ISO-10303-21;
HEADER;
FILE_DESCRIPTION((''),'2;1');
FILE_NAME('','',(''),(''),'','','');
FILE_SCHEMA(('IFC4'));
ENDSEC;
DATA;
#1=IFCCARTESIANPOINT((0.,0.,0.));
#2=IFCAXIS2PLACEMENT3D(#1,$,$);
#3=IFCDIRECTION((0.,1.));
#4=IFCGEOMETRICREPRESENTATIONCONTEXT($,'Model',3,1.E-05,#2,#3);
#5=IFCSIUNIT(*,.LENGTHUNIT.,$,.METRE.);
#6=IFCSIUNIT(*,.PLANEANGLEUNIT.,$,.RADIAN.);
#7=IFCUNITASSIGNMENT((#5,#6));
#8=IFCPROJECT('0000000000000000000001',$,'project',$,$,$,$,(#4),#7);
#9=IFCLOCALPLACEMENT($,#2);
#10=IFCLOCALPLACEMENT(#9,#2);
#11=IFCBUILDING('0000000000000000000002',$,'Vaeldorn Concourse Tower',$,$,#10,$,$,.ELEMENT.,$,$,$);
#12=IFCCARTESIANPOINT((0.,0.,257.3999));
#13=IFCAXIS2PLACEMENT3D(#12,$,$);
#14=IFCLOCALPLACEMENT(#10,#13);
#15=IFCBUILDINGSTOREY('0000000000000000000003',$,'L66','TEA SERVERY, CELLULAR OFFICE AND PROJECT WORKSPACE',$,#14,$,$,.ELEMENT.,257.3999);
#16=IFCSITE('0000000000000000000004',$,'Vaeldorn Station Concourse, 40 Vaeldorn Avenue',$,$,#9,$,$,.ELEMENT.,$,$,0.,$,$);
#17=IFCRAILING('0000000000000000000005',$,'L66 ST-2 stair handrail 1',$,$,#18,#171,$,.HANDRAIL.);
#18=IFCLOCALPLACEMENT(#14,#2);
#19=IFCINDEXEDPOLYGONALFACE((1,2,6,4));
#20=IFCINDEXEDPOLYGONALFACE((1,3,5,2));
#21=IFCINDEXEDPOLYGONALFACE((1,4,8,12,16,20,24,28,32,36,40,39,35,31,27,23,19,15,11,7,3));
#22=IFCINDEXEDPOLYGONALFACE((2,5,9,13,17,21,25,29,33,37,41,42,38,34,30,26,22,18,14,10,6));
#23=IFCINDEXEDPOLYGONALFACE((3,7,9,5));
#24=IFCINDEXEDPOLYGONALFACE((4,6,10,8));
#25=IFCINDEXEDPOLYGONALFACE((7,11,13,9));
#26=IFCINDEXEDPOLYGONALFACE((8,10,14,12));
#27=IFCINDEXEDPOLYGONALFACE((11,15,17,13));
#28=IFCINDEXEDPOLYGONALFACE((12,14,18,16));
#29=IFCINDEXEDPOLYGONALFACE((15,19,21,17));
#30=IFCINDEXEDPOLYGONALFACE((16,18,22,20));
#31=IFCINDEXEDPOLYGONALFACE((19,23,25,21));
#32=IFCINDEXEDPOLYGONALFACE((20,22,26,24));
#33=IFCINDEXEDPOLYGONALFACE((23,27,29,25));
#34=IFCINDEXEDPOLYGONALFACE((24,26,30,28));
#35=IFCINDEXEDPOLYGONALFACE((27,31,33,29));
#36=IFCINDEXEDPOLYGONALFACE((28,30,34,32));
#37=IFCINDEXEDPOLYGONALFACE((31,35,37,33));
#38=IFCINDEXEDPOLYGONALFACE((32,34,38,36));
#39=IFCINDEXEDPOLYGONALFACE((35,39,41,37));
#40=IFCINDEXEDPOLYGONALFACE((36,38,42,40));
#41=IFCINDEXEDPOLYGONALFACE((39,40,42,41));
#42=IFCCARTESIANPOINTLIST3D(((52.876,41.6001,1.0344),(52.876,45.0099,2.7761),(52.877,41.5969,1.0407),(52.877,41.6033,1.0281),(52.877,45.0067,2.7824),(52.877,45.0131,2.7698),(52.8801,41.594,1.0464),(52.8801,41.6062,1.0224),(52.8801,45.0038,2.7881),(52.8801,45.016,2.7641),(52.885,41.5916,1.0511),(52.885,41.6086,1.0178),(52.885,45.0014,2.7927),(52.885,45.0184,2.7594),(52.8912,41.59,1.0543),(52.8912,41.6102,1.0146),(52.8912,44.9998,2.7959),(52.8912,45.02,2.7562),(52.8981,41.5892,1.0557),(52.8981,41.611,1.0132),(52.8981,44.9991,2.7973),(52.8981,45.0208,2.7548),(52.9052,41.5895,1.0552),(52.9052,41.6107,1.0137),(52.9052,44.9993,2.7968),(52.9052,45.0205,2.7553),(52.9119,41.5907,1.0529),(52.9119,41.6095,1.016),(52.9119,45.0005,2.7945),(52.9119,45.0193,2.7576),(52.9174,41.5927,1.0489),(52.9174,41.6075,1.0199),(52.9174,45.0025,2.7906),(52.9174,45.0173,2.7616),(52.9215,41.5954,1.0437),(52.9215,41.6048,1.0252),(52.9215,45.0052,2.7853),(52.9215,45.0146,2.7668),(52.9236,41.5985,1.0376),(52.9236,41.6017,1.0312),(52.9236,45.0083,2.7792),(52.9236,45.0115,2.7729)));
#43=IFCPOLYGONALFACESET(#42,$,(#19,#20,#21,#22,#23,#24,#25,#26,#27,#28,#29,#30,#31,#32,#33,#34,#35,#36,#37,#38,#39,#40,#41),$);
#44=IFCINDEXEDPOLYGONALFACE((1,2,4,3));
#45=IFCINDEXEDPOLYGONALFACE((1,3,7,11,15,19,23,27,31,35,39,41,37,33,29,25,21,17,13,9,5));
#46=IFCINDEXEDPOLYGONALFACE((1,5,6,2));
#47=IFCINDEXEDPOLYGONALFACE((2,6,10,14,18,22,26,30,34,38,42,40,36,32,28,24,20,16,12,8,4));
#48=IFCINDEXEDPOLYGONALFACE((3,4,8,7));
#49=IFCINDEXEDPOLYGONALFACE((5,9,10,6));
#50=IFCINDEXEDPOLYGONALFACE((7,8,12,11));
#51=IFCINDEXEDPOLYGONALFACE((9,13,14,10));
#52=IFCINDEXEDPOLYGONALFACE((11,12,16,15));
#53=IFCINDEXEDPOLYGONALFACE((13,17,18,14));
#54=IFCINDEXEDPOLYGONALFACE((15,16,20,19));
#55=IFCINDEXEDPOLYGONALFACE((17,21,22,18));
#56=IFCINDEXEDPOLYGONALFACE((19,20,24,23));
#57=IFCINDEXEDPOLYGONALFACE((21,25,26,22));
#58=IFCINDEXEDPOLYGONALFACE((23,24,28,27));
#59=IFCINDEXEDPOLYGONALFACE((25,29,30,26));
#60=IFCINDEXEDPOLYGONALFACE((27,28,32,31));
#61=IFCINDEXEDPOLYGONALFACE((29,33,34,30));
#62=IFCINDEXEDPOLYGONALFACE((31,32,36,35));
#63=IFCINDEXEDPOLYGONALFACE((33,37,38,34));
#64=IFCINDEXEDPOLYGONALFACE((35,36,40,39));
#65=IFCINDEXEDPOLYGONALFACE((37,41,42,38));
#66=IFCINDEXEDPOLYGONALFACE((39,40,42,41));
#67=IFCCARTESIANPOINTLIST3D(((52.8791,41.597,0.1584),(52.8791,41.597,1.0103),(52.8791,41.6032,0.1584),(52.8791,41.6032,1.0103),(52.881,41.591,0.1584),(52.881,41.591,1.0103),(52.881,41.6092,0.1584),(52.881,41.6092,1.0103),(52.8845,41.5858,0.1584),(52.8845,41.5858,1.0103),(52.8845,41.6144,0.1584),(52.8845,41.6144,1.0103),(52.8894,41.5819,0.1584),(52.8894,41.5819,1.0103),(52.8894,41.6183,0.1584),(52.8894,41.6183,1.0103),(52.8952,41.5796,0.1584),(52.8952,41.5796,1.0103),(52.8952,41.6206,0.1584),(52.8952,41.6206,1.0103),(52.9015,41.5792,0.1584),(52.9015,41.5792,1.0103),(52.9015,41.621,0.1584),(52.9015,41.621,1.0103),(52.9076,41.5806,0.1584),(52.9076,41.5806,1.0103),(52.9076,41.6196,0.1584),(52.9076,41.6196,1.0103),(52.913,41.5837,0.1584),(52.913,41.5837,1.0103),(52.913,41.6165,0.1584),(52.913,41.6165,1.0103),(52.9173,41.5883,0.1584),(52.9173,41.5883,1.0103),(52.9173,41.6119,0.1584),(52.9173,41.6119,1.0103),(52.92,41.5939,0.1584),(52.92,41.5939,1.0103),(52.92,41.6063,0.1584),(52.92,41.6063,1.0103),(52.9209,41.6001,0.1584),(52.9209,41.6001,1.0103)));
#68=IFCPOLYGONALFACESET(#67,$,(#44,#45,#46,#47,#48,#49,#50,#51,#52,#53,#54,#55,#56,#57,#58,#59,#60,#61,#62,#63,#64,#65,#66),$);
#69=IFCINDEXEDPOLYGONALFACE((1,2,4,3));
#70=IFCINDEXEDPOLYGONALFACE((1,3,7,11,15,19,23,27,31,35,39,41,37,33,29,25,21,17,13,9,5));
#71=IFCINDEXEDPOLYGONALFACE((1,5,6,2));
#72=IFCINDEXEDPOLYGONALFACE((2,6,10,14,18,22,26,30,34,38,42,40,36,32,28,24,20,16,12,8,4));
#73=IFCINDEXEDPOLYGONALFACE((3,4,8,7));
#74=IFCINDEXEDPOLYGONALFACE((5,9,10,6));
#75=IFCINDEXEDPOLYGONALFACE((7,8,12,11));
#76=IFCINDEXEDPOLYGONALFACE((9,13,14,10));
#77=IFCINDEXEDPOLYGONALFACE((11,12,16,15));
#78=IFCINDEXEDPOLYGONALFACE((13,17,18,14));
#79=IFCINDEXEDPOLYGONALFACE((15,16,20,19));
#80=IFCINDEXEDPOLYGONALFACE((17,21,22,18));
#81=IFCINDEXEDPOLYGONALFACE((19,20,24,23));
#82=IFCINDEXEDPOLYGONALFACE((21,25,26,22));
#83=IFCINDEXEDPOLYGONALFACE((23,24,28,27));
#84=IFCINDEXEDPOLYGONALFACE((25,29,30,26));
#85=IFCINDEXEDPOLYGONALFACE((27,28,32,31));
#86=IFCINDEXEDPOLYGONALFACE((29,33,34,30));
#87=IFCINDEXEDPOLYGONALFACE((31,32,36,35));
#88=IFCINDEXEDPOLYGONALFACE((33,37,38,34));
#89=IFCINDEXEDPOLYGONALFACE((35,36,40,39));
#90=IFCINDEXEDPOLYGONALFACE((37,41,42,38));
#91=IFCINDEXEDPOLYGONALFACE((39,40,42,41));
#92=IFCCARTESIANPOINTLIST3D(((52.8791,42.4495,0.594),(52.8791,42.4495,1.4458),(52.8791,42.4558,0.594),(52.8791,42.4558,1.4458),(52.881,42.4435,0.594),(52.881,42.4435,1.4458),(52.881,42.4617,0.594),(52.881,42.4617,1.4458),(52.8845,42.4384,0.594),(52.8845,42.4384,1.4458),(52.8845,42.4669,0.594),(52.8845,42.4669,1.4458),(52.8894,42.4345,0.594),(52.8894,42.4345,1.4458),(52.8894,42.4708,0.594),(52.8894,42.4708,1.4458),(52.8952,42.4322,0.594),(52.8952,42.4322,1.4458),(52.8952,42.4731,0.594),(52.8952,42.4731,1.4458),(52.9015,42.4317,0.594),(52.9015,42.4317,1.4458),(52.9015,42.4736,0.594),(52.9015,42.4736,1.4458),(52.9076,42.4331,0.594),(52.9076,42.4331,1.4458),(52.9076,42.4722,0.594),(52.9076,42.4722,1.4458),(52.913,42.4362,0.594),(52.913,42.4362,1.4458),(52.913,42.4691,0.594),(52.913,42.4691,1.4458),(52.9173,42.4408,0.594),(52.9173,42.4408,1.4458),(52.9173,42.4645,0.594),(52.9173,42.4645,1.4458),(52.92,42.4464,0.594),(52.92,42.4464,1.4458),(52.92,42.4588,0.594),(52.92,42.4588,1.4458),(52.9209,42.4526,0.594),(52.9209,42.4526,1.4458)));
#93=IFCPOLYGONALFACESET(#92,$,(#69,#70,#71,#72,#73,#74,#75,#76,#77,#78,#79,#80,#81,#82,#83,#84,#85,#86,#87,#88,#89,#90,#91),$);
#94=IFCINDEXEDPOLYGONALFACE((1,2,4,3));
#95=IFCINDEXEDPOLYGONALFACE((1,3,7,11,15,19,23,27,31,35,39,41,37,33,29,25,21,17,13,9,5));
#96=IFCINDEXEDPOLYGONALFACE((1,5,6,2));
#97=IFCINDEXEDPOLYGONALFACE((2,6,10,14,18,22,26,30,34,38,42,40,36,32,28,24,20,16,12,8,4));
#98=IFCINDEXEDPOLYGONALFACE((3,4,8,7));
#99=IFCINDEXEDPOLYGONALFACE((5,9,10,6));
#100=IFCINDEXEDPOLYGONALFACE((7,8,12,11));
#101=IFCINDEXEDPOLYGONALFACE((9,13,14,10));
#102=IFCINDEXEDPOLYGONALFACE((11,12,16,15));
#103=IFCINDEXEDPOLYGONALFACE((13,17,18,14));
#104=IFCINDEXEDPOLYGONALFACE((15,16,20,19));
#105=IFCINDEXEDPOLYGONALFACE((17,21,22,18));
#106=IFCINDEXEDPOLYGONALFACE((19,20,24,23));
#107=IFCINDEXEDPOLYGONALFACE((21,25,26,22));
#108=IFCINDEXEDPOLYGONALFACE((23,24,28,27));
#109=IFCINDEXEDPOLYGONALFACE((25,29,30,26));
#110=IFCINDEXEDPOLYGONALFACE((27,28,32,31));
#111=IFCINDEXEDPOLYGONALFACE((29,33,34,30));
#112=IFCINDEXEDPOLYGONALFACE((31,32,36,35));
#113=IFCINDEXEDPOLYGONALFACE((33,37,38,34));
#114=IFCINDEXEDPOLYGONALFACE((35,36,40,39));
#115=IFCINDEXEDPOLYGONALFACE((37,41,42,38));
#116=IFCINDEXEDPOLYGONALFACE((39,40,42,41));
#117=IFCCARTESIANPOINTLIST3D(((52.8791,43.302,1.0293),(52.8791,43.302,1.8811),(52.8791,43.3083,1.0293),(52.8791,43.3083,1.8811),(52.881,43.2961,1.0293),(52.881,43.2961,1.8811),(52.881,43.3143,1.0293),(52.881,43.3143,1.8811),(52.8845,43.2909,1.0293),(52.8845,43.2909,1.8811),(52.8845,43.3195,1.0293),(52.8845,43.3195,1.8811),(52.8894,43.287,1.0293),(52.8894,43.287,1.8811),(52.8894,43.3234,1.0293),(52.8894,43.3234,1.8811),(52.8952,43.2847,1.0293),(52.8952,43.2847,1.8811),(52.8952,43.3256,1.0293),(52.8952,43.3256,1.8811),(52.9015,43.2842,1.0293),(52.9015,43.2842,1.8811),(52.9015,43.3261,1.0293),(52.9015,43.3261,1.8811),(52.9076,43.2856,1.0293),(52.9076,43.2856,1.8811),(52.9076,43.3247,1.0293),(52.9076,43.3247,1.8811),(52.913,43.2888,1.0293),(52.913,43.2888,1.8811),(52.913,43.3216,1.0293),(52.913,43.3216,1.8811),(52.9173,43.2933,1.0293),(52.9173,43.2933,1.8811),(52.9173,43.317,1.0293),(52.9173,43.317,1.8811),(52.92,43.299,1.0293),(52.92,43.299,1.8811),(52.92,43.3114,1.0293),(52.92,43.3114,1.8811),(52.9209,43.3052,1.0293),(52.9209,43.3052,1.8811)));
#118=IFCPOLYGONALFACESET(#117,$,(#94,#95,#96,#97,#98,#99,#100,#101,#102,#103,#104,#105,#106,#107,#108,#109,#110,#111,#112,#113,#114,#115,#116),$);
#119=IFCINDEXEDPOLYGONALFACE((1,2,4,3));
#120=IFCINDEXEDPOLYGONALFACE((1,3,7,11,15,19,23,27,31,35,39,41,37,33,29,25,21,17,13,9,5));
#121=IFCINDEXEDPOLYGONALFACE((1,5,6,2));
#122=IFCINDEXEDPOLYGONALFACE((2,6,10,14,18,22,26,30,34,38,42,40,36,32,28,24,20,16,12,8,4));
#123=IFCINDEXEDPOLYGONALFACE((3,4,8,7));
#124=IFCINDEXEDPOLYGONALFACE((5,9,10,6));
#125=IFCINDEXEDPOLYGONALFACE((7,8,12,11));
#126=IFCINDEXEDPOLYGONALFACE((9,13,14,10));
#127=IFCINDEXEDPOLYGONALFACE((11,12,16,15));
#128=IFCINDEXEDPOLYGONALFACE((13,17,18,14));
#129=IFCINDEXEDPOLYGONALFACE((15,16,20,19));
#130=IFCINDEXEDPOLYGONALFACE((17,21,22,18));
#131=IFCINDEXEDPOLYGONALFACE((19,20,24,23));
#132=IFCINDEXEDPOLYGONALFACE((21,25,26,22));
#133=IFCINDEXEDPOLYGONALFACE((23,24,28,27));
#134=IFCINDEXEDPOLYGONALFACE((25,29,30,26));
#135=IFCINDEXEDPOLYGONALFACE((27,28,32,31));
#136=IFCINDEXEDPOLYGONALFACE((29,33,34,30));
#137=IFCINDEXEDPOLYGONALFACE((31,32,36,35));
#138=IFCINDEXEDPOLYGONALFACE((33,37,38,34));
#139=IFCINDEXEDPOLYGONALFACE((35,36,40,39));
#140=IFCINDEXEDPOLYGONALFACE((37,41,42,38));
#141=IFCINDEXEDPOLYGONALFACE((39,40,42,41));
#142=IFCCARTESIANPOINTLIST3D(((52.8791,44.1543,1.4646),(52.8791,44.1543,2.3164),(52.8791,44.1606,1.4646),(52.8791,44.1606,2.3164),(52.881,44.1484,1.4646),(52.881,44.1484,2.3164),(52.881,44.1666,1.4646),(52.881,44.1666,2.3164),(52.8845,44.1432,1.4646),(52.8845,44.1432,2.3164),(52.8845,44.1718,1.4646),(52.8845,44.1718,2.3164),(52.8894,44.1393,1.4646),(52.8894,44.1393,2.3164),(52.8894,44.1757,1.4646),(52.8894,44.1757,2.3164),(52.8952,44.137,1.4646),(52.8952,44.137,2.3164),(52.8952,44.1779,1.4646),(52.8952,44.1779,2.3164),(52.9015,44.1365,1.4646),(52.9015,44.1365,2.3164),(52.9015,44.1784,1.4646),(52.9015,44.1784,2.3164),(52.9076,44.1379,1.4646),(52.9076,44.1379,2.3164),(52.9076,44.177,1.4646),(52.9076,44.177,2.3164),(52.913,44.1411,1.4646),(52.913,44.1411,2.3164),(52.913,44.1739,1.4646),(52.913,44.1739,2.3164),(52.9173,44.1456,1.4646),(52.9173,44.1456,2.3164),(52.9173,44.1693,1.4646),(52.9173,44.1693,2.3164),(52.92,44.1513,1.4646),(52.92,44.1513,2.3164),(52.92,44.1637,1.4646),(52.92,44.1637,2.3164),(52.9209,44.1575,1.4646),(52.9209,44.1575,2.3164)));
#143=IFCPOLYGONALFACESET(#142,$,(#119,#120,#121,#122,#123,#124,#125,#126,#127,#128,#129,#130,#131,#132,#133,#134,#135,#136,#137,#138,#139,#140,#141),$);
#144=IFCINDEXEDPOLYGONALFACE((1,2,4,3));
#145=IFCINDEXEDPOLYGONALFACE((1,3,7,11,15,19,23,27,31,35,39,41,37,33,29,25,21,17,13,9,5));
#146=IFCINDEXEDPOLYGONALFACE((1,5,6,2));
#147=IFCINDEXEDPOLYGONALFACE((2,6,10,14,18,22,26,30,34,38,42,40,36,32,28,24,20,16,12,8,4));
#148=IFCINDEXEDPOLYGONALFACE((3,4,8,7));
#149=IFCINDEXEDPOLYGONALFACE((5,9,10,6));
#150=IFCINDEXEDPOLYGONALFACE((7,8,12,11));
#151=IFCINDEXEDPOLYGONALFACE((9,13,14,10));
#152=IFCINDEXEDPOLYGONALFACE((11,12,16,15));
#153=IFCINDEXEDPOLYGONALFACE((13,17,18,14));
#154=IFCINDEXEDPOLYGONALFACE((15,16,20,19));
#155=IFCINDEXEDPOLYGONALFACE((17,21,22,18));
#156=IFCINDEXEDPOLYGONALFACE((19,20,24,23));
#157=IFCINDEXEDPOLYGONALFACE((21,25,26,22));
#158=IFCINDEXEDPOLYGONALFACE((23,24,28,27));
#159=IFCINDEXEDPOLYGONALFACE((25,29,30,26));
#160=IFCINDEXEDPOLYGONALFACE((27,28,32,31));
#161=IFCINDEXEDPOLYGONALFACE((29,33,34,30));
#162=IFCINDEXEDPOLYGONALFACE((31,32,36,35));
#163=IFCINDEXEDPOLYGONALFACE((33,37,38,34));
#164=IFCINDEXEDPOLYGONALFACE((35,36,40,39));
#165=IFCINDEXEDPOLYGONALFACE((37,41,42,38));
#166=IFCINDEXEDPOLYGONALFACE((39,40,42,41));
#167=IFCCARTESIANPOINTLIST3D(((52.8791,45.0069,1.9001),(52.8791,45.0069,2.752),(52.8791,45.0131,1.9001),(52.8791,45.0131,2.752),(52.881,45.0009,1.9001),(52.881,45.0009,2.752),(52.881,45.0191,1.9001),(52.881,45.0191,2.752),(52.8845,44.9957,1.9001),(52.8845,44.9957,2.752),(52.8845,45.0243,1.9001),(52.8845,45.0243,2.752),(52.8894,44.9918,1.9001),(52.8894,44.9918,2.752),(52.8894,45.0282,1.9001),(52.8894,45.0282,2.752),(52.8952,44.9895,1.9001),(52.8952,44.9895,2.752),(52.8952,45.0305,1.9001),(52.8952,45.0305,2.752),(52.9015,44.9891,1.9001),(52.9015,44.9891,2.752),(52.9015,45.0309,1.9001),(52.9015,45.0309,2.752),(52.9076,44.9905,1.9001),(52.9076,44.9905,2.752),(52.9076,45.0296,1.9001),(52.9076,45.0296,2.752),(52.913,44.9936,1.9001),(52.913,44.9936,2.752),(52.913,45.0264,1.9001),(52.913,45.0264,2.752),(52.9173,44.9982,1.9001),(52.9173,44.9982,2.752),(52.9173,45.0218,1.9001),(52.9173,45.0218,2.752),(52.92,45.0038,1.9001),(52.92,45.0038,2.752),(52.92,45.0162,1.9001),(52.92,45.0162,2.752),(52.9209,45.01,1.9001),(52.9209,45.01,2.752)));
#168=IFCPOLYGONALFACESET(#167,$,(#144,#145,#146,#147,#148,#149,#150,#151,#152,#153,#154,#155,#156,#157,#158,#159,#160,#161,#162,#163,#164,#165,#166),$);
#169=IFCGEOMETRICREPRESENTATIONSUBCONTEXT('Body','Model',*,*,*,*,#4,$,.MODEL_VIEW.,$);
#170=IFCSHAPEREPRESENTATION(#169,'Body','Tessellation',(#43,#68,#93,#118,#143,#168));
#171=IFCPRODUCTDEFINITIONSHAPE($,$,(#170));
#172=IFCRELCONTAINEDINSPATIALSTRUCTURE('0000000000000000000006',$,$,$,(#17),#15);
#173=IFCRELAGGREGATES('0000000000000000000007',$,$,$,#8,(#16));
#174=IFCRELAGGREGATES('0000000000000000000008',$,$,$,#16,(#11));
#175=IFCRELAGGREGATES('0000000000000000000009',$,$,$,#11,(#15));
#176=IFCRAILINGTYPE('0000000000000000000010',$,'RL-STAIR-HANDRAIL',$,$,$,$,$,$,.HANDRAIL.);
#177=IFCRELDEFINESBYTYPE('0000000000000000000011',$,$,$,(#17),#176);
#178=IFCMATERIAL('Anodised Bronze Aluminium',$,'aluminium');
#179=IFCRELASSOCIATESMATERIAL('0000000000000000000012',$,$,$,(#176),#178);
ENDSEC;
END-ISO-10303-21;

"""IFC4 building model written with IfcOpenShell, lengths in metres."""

from ifc_helpers import new_model, si_unit, direction, frame, origin, origin_2d, place, context, subcontext, project, spatial, circle, extrude, material, type_object, element, save


model = new_model("IFC4")

# Units and contexts
model_context = context("Model", 3, precision=1e-05, world=origin(), true_north=direction((0.0, 1.0)))
body_context = subcontext(model_context, "Body", "Model", "MODEL_VIEW")
ifc_project = project(units=[si_unit("LENGTHUNIT", "METRE"), si_unit("PLANEANGLEUNIT", "RADIAN")], contexts=[model_context])

# Site, building, storey
site_placement = place(None, origin())
site = spatial("IfcSite", under=ifc_project, at=site_placement, Name="Vaeldorn Station Concourse, 40 Vaeldorn Avenue", CompositionType="ELEMENT", RefElevation=0.0)
building_placement = place(site_placement, origin())
building = spatial("IfcBuilding", under=site, at=building_placement, Name="Vaeldorn Concourse Tower", CompositionType="ELEMENT")
storey_placement = place(building_placement, frame((0.0, 0.0, 257.3999)))
storey = spatial("IfcBuildingStorey", under=building, at=storey_placement, Name="L66", Description="TEA SERVERY, CELLULAR OFFICE AND PROJECT WORKSPACE", CompositionType="ELEMENT", Elevation=257.3999)

# Shared definitions
ifc_material_1 = material(Name="Anodised Bronze Aluminium", Category="aluminium")

# Railing
railing_type_1 = type_object("IfcRailingType", Name="RL-STAIR-HANDRAIL", PredefinedType="HANDRAIL", material=ifc_material_1)
railing_1_placement = place(storey_placement, frame((52.8999, 41.6001, 0.1584)))
element("IfcRailing", 1, at=railing_1_placement, inside=storey, type_object=railing_type_1, Name="L66 ST-2 stair handrail 1", PredefinedType="HANDRAIL", context=body_context, shape_type="SweptSolid", body=[
    extrude(circle(Radius=0.0239, at=origin_2d()), frame((0.0, 0.0, 0.876), z_axis=(0.0, 0.890556, 0.454874), x_axis=(-1.0, 0.0, 0.0)), (0.0, 0.0, 1.0), 3.8289),
    extrude(circle(Radius=0.021, at=origin_2d()), origin(), (0.0, 0.0, 1.0), 0.8518),
    extrude(circle(Radius=0.021, at=origin_2d()), frame((0.0, 0.8525, 0.4355)), (0.0, 0.0, 1.0), 0.8518),
    extrude(circle(Radius=0.021, at=origin_2d()), frame((0.0, 1.7051, 0.8708)), (0.0, 0.0, 1.0), 0.8518),
    extrude(circle(Radius=0.021, at=origin_2d()), frame((0.0, 2.5574, 1.3062)), (0.0, 0.0, 1.0), 0.8518),
    extrude(circle(Radius=0.021, at=origin_2d()), frame((0.0, 3.4099, 1.7417)), (0.0, 0.0, 1.0), 0.8518),
])

save(model, "model.ifc")
